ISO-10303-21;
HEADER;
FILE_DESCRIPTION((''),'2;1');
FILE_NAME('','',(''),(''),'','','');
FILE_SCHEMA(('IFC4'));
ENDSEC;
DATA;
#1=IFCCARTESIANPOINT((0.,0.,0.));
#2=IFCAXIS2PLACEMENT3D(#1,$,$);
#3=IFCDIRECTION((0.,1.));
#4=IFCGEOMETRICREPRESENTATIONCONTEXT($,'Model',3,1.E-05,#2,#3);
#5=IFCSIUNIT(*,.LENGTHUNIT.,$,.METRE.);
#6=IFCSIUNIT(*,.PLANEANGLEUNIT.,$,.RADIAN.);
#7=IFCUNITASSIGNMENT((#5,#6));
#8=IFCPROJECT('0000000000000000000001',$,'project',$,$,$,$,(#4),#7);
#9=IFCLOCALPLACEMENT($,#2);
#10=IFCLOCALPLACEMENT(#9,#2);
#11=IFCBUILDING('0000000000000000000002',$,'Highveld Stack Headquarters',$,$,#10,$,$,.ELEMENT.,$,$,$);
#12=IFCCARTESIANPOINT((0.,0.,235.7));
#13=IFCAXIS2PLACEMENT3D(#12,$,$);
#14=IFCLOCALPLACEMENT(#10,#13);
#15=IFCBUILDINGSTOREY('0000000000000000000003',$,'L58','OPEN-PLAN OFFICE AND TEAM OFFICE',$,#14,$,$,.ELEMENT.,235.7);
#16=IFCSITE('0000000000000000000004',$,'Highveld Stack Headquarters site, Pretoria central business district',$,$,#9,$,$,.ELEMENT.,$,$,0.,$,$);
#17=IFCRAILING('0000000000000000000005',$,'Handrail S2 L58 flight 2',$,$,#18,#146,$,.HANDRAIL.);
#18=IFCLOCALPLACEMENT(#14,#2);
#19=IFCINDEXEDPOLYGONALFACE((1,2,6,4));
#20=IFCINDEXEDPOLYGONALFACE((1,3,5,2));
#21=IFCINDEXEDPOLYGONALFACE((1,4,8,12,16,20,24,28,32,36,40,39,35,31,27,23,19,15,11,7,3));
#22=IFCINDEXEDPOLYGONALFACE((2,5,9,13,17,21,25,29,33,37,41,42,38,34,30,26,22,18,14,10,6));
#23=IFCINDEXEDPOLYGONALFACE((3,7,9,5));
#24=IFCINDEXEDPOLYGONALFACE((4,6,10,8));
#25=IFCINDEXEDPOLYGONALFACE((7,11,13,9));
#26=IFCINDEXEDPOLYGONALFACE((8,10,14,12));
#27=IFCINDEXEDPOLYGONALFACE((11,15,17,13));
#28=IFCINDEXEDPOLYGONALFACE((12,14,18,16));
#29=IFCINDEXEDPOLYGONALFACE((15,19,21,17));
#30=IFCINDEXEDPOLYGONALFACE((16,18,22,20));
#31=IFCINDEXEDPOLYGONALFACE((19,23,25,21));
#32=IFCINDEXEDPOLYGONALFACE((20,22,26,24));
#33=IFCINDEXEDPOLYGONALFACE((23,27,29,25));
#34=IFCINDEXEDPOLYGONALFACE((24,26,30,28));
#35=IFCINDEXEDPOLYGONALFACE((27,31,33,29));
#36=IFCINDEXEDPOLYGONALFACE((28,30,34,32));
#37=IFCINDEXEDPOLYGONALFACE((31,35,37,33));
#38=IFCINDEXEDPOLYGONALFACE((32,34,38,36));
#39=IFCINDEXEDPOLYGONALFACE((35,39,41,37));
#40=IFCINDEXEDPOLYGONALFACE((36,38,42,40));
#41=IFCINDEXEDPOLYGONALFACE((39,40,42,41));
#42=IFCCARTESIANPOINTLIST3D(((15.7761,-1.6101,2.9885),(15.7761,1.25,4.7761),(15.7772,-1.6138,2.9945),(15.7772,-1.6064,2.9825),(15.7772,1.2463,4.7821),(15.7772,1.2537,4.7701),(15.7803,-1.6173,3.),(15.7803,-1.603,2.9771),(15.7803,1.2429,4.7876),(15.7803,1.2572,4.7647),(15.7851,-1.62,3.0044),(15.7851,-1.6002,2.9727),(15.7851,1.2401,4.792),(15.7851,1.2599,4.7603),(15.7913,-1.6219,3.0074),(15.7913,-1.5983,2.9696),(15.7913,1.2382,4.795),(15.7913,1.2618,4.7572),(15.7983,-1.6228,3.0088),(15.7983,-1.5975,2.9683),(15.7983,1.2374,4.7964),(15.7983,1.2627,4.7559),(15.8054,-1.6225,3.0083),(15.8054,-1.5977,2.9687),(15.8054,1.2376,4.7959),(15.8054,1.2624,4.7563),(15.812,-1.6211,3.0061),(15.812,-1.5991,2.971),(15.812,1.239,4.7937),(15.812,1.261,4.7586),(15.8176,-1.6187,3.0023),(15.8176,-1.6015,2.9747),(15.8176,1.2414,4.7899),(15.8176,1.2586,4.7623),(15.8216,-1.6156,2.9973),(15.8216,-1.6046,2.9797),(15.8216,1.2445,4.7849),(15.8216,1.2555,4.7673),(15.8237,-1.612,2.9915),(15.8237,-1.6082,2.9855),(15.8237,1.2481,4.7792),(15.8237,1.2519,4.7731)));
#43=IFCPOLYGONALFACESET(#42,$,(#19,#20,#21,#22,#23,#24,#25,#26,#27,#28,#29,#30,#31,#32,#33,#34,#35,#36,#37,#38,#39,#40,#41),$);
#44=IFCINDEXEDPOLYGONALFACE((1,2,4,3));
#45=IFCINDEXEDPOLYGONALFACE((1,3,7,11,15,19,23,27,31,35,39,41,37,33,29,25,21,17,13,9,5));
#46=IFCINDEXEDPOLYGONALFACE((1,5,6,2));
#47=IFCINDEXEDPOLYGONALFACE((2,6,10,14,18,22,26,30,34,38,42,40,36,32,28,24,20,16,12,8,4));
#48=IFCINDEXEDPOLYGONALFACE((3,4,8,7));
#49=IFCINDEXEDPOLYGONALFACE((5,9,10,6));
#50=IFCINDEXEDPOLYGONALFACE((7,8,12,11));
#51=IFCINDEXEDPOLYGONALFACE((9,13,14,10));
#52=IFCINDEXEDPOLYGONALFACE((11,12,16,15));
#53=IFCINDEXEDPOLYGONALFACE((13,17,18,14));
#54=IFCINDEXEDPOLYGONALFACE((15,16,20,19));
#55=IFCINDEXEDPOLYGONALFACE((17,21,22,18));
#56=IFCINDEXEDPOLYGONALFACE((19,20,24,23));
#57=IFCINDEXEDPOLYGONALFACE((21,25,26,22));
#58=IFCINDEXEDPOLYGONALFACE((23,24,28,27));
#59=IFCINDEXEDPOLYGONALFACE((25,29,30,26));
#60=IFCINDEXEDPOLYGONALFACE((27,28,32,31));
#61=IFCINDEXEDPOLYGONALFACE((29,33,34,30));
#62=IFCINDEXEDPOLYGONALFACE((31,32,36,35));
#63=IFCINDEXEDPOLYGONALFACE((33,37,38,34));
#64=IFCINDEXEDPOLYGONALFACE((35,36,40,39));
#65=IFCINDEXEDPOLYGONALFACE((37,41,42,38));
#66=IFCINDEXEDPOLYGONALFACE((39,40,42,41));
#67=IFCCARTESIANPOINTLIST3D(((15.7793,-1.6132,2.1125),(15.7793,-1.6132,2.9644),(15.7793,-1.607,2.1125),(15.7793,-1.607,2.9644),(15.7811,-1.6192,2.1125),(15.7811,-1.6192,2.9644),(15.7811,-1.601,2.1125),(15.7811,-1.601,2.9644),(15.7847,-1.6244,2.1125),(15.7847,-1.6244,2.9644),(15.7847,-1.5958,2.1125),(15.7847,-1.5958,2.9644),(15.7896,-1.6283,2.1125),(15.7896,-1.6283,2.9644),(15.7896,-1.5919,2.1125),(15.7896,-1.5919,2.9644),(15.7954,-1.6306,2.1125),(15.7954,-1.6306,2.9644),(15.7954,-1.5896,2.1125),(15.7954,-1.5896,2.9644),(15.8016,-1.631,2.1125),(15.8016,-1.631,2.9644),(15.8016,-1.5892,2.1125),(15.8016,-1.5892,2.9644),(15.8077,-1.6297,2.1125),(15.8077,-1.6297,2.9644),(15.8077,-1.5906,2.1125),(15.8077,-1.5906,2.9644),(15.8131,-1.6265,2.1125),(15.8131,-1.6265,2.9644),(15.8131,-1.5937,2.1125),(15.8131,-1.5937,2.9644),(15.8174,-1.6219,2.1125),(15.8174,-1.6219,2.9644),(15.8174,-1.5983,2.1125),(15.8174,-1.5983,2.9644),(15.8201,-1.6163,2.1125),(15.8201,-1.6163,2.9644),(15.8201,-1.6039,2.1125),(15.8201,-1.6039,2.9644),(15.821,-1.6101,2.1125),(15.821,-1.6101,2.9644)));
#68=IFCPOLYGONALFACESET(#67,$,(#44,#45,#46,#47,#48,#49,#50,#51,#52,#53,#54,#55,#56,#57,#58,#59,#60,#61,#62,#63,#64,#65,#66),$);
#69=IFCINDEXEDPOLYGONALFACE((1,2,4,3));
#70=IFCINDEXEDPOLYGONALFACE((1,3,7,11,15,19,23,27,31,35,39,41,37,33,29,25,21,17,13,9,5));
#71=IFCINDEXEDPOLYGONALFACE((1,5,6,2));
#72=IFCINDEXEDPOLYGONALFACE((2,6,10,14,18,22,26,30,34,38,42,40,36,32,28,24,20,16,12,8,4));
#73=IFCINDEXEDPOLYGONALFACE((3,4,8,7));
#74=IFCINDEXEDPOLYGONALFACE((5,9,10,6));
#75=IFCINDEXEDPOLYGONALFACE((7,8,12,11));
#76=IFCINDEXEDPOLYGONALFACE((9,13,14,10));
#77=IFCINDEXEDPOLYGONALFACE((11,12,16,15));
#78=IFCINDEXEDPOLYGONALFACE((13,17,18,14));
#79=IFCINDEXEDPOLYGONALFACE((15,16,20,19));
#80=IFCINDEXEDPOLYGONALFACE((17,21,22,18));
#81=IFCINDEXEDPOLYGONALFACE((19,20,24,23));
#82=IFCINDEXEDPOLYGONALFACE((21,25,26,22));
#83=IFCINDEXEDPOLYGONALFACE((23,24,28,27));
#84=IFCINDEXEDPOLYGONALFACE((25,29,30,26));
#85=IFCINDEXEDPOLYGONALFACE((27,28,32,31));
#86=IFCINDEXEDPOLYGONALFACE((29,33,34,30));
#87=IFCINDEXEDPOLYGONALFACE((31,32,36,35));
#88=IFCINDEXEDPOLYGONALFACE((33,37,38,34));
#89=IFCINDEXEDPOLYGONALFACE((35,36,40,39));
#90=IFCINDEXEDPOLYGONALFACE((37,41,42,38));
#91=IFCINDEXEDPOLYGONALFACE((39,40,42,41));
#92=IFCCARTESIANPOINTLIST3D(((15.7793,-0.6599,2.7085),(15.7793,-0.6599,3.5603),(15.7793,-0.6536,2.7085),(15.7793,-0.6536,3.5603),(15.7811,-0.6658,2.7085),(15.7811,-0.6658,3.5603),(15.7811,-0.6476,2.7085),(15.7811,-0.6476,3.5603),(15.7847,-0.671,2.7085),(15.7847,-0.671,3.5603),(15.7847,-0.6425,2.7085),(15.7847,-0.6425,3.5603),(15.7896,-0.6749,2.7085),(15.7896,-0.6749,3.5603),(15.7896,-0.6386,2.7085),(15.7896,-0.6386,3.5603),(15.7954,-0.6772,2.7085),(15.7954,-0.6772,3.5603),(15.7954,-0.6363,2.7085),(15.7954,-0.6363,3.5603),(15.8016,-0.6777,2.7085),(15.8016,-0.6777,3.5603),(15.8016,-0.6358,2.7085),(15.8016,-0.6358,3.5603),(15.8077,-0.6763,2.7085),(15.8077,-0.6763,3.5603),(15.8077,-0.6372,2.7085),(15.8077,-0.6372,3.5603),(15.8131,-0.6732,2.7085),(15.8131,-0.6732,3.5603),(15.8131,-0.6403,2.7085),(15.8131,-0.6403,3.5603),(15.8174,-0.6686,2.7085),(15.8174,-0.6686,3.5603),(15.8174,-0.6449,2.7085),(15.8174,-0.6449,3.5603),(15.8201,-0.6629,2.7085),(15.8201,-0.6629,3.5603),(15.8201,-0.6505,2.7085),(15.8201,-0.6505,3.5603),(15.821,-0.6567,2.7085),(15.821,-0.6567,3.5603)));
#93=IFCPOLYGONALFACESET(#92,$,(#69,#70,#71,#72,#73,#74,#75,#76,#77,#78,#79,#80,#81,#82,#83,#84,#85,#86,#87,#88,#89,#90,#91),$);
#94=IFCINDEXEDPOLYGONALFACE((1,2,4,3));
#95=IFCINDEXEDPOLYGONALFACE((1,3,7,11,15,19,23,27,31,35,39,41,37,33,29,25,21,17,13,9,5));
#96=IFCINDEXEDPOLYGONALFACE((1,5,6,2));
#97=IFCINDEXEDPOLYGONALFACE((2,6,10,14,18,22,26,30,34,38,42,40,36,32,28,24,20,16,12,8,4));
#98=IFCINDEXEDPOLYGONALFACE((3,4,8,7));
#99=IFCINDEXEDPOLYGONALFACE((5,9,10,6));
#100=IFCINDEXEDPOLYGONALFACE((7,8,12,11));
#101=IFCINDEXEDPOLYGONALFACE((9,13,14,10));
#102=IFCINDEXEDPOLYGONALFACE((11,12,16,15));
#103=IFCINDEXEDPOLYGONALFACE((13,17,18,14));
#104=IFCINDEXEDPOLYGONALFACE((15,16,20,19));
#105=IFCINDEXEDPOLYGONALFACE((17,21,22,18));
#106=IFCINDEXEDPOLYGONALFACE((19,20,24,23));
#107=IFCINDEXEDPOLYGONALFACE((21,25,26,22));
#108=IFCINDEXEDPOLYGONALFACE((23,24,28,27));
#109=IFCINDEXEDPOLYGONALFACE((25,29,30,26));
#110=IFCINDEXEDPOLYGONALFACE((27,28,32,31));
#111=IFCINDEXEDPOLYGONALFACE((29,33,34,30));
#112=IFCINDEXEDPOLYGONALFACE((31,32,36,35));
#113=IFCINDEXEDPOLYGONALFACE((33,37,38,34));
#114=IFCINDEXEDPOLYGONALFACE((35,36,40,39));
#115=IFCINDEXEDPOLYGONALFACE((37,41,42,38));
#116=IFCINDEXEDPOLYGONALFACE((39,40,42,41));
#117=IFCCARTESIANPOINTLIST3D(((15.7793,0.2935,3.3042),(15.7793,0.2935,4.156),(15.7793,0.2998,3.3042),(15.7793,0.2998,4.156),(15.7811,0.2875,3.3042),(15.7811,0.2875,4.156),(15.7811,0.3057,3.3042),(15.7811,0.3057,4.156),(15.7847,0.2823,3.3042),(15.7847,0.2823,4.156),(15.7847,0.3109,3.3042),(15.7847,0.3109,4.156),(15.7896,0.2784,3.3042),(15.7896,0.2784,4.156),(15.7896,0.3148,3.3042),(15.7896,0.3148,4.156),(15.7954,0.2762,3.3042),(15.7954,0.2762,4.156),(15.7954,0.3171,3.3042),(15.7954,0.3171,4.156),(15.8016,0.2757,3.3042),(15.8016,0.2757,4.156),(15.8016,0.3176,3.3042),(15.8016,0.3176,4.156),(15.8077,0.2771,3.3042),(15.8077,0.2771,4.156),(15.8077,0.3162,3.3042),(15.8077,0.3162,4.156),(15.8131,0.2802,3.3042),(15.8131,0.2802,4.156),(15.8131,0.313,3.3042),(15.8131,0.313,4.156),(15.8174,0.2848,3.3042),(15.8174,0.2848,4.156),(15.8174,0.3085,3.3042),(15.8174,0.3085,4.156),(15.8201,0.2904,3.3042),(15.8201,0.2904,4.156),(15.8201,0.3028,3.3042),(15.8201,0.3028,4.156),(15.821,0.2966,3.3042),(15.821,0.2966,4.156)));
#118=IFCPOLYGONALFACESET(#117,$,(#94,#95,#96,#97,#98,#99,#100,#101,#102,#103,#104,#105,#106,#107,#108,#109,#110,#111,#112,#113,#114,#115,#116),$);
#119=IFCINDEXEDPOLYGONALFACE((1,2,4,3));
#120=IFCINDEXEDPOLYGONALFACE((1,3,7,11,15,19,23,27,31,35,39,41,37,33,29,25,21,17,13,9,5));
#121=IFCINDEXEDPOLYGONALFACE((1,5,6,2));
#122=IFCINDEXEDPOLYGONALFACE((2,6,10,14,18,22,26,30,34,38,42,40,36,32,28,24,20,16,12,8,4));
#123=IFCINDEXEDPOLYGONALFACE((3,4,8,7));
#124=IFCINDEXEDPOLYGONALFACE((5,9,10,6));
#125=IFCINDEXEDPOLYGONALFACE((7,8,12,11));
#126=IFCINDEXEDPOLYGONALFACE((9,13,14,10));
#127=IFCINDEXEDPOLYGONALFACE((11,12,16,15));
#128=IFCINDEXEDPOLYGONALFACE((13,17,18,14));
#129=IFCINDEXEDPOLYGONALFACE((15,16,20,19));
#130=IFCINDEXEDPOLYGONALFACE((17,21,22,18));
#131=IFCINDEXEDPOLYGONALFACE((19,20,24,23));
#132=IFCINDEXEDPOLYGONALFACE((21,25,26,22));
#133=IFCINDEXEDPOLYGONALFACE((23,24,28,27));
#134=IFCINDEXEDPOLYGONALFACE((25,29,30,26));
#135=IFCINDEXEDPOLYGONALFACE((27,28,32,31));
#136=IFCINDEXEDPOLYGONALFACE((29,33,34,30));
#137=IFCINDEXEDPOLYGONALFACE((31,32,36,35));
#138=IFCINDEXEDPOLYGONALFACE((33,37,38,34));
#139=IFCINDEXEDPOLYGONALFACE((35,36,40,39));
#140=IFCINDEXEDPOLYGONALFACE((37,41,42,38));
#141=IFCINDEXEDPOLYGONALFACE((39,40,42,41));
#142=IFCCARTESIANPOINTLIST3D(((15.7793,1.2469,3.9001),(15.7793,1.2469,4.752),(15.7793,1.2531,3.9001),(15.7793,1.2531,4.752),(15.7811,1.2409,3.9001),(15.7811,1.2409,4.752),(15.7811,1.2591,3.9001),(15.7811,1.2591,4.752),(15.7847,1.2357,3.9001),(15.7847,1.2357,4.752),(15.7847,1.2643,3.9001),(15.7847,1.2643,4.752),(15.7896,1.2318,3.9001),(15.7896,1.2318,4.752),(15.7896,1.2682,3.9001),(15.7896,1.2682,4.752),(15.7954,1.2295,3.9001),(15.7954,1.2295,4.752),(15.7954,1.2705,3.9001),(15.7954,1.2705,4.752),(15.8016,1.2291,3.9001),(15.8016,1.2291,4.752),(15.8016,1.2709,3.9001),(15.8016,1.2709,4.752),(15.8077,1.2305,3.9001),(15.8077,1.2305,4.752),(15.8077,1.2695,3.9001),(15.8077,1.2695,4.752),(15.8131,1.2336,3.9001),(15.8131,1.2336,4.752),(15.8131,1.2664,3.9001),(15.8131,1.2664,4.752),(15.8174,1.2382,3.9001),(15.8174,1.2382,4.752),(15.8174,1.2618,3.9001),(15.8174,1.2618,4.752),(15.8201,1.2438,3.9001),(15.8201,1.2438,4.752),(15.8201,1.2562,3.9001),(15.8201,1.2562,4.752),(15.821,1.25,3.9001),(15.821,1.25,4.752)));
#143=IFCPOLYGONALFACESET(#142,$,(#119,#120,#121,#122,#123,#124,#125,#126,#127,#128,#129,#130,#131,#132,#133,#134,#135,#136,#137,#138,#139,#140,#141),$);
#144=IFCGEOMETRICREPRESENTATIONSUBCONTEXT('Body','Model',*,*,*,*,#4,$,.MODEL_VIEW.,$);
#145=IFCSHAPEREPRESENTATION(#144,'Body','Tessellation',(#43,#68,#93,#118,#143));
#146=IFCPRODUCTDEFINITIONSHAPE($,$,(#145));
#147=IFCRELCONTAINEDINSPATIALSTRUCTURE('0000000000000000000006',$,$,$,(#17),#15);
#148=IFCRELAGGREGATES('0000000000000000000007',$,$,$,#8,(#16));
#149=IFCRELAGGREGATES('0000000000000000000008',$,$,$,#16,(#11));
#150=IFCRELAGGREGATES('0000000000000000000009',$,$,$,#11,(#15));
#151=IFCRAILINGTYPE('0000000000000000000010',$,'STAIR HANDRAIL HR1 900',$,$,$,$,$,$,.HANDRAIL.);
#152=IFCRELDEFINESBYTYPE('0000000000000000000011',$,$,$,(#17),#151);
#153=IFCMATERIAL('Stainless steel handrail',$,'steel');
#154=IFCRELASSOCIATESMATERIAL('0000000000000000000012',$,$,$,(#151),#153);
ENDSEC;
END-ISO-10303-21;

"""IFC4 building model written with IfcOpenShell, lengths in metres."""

from ifc_helpers import new_model, si_unit, direction, frame, origin, origin_2d, place, context, subcontext, project, spatial, circle, extrude, material, type_object, element, save


model = new_model("IFC4")

# Units and contexts
model_context = context("Model", 3, precision=1e-05, world=origin(), true_north=direction((0.0, 1.0)))
body_context = subcontext(model_context, "Body", "Model", "MODEL_VIEW")
ifc_project = project(units=[si_unit("LENGTHUNIT", "METRE"), si_unit("PLANEANGLEUNIT", "RADIAN")], contexts=[model_context])

# Site, building, storey
site_placement = place(None, origin())
site = spatial("IfcSite", under=ifc_project, at=site_placement, Name="Highveld Stack Headquarters site, Pretoria central business district", CompositionType="ELEMENT", RefElevation=0.0)
building_placement = place(site_placement, origin())
building = spatial("IfcBuilding", under=site, at=building_placement, Name="Highveld Stack Headquarters", CompositionType="ELEMENT")
storey_placement = place(building_placement, frame((0.0, 0.0, 235.7)))
storey = spatial("IfcBuildingStorey", under=building, at=storey_placement, Name="L58", Description="OPEN-PLAN OFFICE AND TEAM OFFICE", CompositionType="ELEMENT", Elevation=235.7)

# Railing
ifc_material_1 = material(Name="Stainless steel handrail", Category="steel")
railing_type = type_object("IfcRailingType", Name="STAIR HANDRAIL HR1 900", PredefinedType="HANDRAIL", material=ifc_material_1)
for number, where, name in (
    (1, (15.8, -1.6101, 2.1125), "Handrail S2 L58 flight 2"),
):
    element("IfcRailing", number, at=place(storey_placement, frame(where)), inside=storey, type_object=railing_type, Name=name, PredefinedType="HANDRAIL", context=body_context, shape_type="SweptSolid", body=[
        extrude(circle(Radius=0.0239, at=origin_2d()), frame((0.0, 0.0, 0.876), z_axis=(0.0, 0.847994, 0.530005), x_axis=(-1.0, 0.0, 0.0)), (0.0, 0.0, 1.0), 3.3728),
        extrude(circle(Radius=0.021, at=origin_2d()), origin(), (0.0, 0.0, 1.0), 0.8518),
        extrude(circle(Radius=0.021, at=origin_2d()), frame((0.0, 0.9534, 0.5959)), (0.0, 0.0, 1.0), 0.8518),
        extrude(circle(Radius=0.021, at=origin_2d()), frame((0.0, 1.9067, 1.1917)), (0.0, 0.0, 1.0), 0.8518),
        extrude(circle(Radius=0.021, at=origin_2d()), frame((0.0, 2.8601, 1.7876)), (0.0, 0.0, 1.0), 0.8518),
    ])

save(model, "model.ifc")
